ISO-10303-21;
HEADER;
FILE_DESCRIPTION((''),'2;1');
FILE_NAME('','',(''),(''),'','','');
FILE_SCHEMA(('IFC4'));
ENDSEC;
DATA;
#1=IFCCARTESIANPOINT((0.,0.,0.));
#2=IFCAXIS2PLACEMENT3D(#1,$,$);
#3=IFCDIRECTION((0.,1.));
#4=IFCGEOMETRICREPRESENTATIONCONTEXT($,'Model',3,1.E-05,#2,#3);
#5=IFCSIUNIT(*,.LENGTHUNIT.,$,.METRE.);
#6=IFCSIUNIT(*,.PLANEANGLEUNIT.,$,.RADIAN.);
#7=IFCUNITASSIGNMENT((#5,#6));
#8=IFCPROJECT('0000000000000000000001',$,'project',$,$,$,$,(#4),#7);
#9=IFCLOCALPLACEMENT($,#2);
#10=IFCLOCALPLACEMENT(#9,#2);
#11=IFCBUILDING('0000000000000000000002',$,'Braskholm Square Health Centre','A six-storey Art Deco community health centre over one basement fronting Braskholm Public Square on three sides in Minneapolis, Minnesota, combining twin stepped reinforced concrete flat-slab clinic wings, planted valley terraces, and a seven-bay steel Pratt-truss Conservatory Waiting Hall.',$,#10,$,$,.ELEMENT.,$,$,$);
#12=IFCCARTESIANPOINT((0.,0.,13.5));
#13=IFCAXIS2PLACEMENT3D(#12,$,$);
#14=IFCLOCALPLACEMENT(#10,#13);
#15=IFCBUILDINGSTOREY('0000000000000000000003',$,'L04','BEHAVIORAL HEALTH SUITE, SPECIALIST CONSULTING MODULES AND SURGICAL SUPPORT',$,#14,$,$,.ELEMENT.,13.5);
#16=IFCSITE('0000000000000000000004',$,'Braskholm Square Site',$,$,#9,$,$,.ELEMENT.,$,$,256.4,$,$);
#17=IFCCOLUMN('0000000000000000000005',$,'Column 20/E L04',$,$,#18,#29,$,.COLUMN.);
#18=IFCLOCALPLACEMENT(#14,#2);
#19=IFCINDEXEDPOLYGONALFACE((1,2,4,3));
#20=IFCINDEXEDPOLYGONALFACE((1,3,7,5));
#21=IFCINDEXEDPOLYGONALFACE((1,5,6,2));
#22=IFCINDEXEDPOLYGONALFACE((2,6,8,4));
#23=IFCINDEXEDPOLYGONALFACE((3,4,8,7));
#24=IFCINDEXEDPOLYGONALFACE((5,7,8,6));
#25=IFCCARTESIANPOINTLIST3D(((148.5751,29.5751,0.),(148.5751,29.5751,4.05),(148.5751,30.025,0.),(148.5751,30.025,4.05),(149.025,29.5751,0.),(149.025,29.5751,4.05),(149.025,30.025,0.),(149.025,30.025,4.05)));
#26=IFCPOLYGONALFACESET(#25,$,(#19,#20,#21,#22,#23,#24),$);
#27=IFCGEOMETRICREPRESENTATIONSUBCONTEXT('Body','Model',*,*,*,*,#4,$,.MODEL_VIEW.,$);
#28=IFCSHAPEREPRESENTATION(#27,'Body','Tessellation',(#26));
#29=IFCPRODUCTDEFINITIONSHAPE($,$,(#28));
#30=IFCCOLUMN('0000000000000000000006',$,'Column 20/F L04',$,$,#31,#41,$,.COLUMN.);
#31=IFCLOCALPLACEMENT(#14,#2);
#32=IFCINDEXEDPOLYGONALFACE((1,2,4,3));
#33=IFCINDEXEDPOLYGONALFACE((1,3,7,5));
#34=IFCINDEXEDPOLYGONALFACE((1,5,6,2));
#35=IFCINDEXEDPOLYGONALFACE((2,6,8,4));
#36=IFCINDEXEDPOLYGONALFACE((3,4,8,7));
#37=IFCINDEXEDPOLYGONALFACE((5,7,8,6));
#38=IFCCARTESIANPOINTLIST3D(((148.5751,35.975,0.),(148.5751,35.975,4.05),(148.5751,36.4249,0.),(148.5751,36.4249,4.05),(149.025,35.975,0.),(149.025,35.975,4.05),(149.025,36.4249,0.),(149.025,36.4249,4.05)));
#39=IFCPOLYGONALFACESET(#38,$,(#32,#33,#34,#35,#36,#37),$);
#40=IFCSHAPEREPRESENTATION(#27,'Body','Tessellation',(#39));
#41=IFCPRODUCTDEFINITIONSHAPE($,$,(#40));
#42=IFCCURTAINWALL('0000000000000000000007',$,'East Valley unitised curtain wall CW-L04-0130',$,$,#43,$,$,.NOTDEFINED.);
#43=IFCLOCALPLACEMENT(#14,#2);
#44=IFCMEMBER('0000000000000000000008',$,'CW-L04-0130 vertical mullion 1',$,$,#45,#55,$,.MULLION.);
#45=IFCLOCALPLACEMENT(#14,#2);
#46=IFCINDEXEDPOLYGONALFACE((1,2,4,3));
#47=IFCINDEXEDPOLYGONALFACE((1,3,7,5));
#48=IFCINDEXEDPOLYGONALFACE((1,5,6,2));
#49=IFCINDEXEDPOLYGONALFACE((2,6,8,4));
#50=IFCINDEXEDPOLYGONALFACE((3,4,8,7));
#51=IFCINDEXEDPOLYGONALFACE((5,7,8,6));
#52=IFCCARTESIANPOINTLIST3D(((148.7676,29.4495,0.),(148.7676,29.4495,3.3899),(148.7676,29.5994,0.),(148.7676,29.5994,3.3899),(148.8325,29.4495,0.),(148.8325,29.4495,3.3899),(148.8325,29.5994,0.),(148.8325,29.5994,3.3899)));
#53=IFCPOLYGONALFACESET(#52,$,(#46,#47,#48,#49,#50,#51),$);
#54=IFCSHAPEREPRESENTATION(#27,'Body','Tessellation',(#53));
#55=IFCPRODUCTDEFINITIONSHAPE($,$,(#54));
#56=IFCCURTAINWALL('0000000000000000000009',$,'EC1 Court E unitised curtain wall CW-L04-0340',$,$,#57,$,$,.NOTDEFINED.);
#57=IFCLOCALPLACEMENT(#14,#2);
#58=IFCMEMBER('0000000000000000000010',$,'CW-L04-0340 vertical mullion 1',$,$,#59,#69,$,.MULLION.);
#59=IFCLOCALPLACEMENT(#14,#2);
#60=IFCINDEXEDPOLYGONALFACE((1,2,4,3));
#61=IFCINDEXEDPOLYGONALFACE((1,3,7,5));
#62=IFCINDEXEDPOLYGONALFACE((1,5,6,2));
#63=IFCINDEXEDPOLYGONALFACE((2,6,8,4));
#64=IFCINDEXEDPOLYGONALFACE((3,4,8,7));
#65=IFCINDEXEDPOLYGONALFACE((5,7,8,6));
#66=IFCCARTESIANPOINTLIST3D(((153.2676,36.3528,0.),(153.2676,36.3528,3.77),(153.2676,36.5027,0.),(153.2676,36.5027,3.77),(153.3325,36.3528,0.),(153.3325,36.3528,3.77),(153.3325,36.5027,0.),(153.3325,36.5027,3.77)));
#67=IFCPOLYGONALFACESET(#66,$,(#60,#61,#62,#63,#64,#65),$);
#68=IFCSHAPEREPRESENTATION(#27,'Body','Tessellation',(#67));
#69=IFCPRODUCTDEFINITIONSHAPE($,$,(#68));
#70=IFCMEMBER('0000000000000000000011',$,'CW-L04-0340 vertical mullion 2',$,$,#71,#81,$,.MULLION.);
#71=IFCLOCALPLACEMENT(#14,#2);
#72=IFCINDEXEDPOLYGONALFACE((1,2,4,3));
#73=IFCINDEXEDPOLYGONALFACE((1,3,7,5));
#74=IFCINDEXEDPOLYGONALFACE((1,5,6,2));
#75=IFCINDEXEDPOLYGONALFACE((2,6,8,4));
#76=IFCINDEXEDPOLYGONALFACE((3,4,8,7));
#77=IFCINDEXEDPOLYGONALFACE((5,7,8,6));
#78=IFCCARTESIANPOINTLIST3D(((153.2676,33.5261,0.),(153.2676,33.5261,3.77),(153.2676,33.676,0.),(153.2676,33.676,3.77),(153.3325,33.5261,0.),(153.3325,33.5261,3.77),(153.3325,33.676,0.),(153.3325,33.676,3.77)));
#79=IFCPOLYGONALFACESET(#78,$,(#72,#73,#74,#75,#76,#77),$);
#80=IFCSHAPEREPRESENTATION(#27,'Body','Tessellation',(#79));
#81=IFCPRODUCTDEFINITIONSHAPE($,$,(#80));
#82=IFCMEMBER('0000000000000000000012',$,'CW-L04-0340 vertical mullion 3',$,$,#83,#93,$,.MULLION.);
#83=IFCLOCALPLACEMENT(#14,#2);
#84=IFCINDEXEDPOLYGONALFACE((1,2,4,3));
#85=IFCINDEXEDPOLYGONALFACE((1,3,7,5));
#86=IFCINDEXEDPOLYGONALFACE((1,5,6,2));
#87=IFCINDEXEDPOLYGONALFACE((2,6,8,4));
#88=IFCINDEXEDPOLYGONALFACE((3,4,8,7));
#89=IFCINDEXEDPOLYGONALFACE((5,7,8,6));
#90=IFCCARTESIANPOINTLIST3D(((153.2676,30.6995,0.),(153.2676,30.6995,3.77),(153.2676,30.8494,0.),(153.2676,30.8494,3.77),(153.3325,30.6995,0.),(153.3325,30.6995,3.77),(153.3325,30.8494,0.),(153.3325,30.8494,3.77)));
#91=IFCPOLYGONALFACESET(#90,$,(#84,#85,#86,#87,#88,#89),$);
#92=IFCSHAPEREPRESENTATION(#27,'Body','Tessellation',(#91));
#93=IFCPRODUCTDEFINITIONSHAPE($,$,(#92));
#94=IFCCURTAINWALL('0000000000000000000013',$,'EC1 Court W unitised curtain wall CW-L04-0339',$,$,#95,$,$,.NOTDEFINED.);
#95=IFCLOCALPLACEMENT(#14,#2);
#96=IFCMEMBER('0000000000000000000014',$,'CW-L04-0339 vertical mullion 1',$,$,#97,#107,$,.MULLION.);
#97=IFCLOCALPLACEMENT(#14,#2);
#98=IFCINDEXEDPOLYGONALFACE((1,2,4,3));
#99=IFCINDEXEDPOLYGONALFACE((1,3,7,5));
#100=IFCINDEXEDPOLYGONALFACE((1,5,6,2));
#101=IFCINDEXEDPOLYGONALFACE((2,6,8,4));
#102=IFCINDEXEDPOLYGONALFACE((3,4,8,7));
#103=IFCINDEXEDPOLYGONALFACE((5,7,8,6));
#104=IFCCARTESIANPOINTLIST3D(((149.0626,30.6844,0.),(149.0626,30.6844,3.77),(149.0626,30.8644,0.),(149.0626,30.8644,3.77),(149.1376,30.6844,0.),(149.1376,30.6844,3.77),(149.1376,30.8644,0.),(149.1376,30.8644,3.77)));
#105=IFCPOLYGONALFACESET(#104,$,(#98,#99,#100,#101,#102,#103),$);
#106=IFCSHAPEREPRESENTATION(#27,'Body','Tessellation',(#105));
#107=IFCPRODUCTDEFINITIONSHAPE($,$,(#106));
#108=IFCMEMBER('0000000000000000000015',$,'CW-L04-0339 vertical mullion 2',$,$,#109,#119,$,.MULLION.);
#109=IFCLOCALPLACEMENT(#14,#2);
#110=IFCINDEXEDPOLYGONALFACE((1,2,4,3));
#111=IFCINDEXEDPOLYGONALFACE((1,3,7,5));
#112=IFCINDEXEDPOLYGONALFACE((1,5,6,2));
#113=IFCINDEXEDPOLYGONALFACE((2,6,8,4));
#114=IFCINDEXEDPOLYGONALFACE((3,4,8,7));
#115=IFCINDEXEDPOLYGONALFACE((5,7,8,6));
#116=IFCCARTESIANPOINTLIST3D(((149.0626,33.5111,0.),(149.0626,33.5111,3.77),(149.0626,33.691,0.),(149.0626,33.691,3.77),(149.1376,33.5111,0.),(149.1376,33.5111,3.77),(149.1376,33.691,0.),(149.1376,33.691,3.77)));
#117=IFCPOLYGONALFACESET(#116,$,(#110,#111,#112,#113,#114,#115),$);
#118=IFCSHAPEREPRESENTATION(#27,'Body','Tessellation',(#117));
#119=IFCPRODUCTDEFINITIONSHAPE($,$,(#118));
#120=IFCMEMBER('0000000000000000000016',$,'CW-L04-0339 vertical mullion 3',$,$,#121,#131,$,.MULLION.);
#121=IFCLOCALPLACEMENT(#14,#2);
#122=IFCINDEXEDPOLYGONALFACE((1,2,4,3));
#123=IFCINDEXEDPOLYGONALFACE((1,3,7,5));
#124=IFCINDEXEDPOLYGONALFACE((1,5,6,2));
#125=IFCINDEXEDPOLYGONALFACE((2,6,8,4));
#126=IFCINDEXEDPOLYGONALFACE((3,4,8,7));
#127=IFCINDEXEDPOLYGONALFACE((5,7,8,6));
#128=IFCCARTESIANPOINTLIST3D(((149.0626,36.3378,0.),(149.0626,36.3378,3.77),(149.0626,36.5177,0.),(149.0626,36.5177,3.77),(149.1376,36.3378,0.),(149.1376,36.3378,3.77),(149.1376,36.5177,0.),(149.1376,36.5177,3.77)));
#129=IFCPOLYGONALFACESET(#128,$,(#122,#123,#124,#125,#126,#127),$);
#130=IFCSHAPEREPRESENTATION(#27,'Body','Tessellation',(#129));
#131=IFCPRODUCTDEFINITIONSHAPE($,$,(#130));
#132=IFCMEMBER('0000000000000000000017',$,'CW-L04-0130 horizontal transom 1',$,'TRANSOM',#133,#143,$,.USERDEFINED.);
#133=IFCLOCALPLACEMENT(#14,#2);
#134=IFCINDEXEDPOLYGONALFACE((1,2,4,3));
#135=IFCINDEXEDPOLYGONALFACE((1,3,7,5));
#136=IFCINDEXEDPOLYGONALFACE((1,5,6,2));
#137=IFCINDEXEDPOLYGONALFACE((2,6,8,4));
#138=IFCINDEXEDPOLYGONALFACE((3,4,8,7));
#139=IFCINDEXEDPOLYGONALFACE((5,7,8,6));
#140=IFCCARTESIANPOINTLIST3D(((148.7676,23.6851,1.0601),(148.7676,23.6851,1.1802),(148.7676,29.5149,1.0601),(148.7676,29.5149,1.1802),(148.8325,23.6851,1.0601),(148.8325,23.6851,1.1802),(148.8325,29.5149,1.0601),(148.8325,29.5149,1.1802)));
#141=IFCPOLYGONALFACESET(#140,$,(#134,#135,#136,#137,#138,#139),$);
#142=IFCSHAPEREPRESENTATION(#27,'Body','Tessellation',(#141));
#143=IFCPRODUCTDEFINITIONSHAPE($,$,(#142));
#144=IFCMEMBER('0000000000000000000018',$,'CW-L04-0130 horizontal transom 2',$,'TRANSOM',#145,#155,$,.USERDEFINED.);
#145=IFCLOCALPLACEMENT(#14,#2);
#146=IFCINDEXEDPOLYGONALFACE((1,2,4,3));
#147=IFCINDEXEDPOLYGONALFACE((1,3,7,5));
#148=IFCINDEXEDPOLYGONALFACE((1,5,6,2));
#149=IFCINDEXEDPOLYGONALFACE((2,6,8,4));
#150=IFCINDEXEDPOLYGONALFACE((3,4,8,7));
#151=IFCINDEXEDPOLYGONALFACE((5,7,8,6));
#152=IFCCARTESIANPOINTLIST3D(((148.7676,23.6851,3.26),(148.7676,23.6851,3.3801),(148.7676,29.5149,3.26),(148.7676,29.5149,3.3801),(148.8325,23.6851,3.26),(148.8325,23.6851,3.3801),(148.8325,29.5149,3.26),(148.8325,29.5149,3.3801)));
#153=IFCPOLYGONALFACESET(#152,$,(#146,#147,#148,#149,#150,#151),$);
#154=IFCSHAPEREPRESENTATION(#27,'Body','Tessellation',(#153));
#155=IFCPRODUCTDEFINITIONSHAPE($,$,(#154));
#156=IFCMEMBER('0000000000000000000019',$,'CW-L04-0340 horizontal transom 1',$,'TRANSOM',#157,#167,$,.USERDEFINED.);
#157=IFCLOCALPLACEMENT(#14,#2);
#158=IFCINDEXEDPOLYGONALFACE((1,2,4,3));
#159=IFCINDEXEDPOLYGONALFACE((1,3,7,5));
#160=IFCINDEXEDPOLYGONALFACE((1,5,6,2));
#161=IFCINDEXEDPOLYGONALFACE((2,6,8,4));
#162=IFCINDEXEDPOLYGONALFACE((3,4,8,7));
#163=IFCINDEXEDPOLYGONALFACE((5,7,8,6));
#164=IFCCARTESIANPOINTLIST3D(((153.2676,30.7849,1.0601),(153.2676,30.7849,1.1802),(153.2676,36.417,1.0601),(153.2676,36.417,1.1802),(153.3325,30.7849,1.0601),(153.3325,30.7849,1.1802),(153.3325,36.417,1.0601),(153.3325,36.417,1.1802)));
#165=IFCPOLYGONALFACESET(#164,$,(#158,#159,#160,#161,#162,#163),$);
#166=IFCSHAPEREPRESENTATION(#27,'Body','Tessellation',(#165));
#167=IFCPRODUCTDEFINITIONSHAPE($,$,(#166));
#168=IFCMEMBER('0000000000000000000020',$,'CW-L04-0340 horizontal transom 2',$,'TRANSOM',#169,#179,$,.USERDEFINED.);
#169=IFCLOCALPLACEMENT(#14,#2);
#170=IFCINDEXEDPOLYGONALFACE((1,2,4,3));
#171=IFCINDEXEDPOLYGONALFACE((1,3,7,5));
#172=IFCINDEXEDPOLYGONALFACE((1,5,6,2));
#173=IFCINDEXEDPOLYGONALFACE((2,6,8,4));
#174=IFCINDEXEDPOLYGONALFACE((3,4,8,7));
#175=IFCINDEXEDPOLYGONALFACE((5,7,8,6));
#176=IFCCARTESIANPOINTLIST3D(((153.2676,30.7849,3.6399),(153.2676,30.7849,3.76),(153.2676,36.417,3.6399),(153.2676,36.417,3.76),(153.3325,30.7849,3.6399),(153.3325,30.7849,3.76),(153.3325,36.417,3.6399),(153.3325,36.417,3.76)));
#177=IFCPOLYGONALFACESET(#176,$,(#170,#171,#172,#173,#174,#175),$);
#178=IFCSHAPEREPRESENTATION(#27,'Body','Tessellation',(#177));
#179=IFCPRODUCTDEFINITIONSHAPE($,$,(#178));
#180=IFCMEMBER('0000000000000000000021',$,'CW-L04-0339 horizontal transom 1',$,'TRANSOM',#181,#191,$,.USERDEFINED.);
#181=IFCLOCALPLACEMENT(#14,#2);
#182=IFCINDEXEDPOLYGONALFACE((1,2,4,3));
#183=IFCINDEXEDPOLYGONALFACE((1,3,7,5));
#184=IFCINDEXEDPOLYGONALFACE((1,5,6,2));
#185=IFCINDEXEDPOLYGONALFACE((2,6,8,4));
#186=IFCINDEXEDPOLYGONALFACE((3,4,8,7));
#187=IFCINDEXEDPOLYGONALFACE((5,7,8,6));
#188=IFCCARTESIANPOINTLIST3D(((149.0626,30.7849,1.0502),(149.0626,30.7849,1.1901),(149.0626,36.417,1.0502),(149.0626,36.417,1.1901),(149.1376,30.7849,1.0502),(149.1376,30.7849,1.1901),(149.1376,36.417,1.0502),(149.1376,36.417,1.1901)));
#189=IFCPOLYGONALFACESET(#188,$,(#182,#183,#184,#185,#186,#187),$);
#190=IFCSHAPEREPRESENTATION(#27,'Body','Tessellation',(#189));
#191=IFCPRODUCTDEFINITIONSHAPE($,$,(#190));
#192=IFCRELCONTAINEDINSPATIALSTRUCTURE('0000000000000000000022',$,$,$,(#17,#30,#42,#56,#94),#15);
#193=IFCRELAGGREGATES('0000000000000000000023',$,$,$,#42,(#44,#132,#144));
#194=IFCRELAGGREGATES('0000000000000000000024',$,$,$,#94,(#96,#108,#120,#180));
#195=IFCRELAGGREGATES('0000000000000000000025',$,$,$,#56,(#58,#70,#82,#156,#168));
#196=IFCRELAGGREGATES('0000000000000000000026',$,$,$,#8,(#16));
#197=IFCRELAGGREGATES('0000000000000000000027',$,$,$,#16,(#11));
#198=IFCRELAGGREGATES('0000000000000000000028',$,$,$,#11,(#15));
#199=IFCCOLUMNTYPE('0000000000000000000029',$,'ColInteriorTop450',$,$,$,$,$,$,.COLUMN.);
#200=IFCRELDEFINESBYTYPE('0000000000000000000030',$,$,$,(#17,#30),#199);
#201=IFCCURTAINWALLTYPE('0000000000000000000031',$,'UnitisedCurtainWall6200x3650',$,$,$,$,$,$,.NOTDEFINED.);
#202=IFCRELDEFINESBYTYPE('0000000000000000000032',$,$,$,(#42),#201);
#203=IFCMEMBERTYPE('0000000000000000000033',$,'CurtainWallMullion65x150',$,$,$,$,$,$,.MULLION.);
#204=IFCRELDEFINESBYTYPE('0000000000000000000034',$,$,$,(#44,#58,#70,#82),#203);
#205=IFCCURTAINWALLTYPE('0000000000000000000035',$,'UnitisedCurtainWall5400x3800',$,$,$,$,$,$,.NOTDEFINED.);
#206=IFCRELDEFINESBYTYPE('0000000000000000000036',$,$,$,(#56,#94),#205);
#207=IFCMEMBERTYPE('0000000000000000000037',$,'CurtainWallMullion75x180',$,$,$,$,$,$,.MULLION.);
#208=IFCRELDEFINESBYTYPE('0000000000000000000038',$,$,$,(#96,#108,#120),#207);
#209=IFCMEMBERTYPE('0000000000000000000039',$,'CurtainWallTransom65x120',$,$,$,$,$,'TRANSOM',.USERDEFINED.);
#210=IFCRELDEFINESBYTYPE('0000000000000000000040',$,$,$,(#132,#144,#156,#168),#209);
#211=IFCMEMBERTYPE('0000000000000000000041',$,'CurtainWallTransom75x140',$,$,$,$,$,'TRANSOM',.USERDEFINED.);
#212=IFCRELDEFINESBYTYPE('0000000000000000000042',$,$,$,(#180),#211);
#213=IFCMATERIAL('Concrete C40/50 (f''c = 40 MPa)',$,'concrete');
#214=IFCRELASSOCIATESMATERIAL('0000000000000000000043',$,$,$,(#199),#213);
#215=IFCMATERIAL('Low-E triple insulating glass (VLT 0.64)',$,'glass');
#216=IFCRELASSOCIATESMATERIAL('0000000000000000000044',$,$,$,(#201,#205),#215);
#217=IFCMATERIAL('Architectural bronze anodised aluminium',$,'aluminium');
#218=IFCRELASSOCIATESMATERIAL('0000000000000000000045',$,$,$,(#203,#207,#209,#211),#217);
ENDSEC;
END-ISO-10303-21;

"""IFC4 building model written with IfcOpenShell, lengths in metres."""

from ifc_helpers import new_model, si_unit, direction, frame, origin, origin_2d, place, context, subcontext, project, spatial, rectangle, extrude, material, material_profile, profile_set, type_object, element, aggregate, save


model = new_model("IFC4")

# Units and contexts
model_context = context("Model", 3, precision=1e-05, world=origin(), true_north=direction((0.0, 1.0)))
body_context = subcontext(model_context, "Body", "Model", "MODEL_VIEW")
ifc_project = project(units=[si_unit("LENGTHUNIT", "METRE"), si_unit("PLANEANGLEUNIT", "RADIAN")], contexts=[model_context])

# Site, building, storey
site_placement = place(None, origin())
site = spatial("IfcSite", under=ifc_project, at=site_placement, Name="Braskholm Square Site", CompositionType="ELEMENT", RefElevation=256.4)
building_placement = place(site_placement, origin())
building = spatial("IfcBuilding", under=site, at=building_placement, Name="Braskholm Square Health Centre", Description="A six-storey Art Deco community health centre over one basement fronting Braskholm Public Square on three sides in Minneapolis, Minnesota, combining twin stepped reinforced concrete flat-slab clinic wings, planted valley terraces, and a seven-bay steel Pratt-truss Conservatory Waiting Hall.", CompositionType="ELEMENT")
storey_placement = place(building_placement, frame((0.0, 0.0, 13.5)))
storey = spatial("IfcBuildingStorey", under=building, at=storey_placement, Name="L04", Description="BEHAVIORAL HEALTH SUITE, SPECIALIST CONSULTING MODULES AND SURGICAL SUPPORT", CompositionType="ELEMENT", Elevation=13.5)

# Columns
ifc_material_1 = material(Name="Concrete C40/50 (f'c = 40 MPa)", Category="concrete")
ifc_material_profile_1 = material_profile(ifc_material_1, rectangle(XDim=0.45, YDim=0.45, at=origin_2d()), Name="RC-450X450")
ifc_profile_set_1 = profile_set([ifc_material_profile_1], Name="Concrete C40/50 (f'c = 40 MPa)")
column_type = type_object("IfcColumnType", Name="ColInteriorTop450", PredefinedType="COLUMN", material=ifc_profile_set_1)
for number, where, z_axis, x_axis, name in (
    (1, (148.8, 29.8, 0.0), (0.0, 0.0, 1.0), (1.0, 0.0, 0.0), "Column 20/E L04"),
    (2, (148.8, 36.2, 0.0), (0.0, 0.0, 1.0), (1.0, 0.0, 0.0), "Column 20/F L04"),
):
    element("IfcColumn", number, at=place(storey_placement, frame(where, z_axis=z_axis, x_axis=x_axis)), inside=storey, type_object=column_type, Name=name, PredefinedType="COLUMN", context=body_context, shape_type="SweptSolid", body=[
        extrude(rectangle(XDim=0.45, YDim=0.45, at=origin_2d()), origin(), (0.0, 0.0, 1.0), 4.05),
    ])

# Curtain wall, member
ifc_material_2 = material(Name="Low-E triple insulating glass (VLT 0.64)", Category="glass")
curtain_wall_type_1 = type_object("IfcCurtainWallType", Name="UnitisedCurtainWall6200x3650", PredefinedType="NOTDEFINED", material=ifc_material_2)
curtain_wall_1_placement = place(storey_placement, origin())
curtain_wall_1 = element("IfcCurtainWall", 3, at=curtain_wall_1_placement, inside=storey, type_object=curtain_wall_type_1, Name="East Valley unitised curtain wall CW-L04-0130", PredefinedType="NOTDEFINED")
ifc_material_3 = material(Name="Architectural bronze anodised aluminium", Category="aluminium")
ifc_material_profile_2 = material_profile(ifc_material_3, rectangle(XDim=0.0649, YDim=0.1499, at=origin_2d()), Name="ALU-65X150")
ifc_profile_set_2 = profile_set([ifc_material_profile_2], Name="Architectural bronze anodised aluminium")
member_type_1 = type_object("IfcMemberType", Name="CurtainWallMullion65x150", PredefinedType="MULLION", material=ifc_profile_set_2)
member_1_placement = place(storey_placement, frame((148.8, 29.5244, 0.0), z_axis=(0.0, 0.0, 1.0), x_axis=(1.0, 0.0, 0.0)))
member_1 = element("IfcMember", 4, at=member_1_placement, type_object=member_type_1, Name="CW-L04-0130 vertical mullion 1", PredefinedType="MULLION", context=body_context, shape_type="SweptSolid", body=[
    extrude(rectangle(XDim=0.0649, YDim=0.1499, at=origin_2d()), origin(), (0.0, 0.0, 1.0), 3.3899),
])

# Curtain walls, members
curtain_wall_type_2 = type_object("IfcCurtainWallType", Name="UnitisedCurtainWall5400x3800", PredefinedType="NOTDEFINED", material=ifc_material_2)
curtain_wall_2_placement = place(storey_placement, origin())
curtain_wall_2 = element("IfcCurtainWall", 5, at=curtain_wall_2_placement, inside=storey, type_object=curtain_wall_type_2, Name="EC1 Court E unitised curtain wall CW-L04-0340", PredefinedType="NOTDEFINED")
member_2_placement = place(storey_placement, frame((153.3, 36.4277, 0.0), z_axis=(0.0, 0.0, 1.0), x_axis=(1.0, 0.0, 0.0)))
member_2 = element("IfcMember", 6, at=member_2_placement, type_object=member_type_1, Name="CW-L04-0340 vertical mullion 1", PredefinedType="MULLION", context=body_context, shape_type="SweptSolid", body=[
    extrude(rectangle(XDim=0.0649, YDim=0.1499, at=origin_2d()), origin(), (0.0, 0.0, 1.0), 3.77),
])
member_3_placement = place(storey_placement, frame((153.3, 33.6011, 0.0), z_axis=(0.0, 0.0, 1.0), x_axis=(1.0, 0.0, 0.0)))
member_3 = element("IfcMember", 7, at=member_3_placement, type_object=member_type_1, Name="CW-L04-0340 vertical mullion 2", PredefinedType="MULLION", context=body_context, shape_type="SweptSolid", body=[
    extrude(rectangle(XDim=0.0649, YDim=0.1499, at=origin_2d()), origin(), (0.0, 0.0, 1.0), 3.77),
])
member_4_placement = place(storey_placement, frame((153.3, 30.7744, 0.0), z_axis=(0.0, 0.0, 1.0), x_axis=(1.0, 0.0, 0.0)))
member_4 = element("IfcMember", 8, at=member_4_placement, type_object=member_type_1, Name="CW-L04-0340 vertical mullion 3", PredefinedType="MULLION", context=body_context, shape_type="SweptSolid", body=[
    extrude(rectangle(XDim=0.0649, YDim=0.1499, at=origin_2d()), origin(), (0.0, 0.0, 1.0), 3.77),
])
curtain_wall_3_placement = place(storey_placement, origin())
curtain_wall_3 = element("IfcCurtainWall", 9, at=curtain_wall_3_placement, inside=storey, type_object=curtain_wall_type_2, Name="EC1 Court W unitised curtain wall CW-L04-0339", PredefinedType="NOTDEFINED")
ifc_material_profile_3 = material_profile(ifc_material_3, rectangle(XDim=0.075, YDim=0.1799, at=origin_2d()), Name="ALU-75X180")
ifc_profile_set_3 = profile_set([ifc_material_profile_3], Name="Architectural bronze anodised aluminium")
member_type_2 = type_object("IfcMemberType", Name="CurtainWallMullion75x180", PredefinedType="MULLION", material=ifc_profile_set_3)
member_5_placement = place(storey_placement, frame((149.1001, 30.7744, 0.0), z_axis=(0.0, 0.0, 1.0), x_axis=(1.0, 0.0, 0.0)))
member_5 = element("IfcMember", 10, at=member_5_placement, type_object=member_type_2, Name="CW-L04-0339 vertical mullion 1", PredefinedType="MULLION", context=body_context, shape_type="SweptSolid", body=[
    extrude(rectangle(XDim=0.075, YDim=0.1799, at=origin_2d()), origin(), (0.0, 0.0, 1.0), 3.77),
])
member_6_placement = place(storey_placement, frame((149.1001, 33.6011, 0.0), z_axis=(0.0, 0.0, 1.0), x_axis=(1.0, 0.0, 0.0)))
member_6 = element("IfcMember", 11, at=member_6_placement, type_object=member_type_2, Name="CW-L04-0339 vertical mullion 2", PredefinedType="MULLION", context=body_context, shape_type="SweptSolid", body=[
    extrude(rectangle(XDim=0.075, YDim=0.1799, at=origin_2d()), origin(), (0.0, 0.0, 1.0), 3.77),
])
member_7_placement = place(storey_placement, frame((149.1001, 36.4277, 0.0), z_axis=(0.0, 0.0, 1.0), x_axis=(1.0, 0.0, 0.0)))
member_7 = element("IfcMember", 12, at=member_7_placement, type_object=member_type_2, Name="CW-L04-0339 vertical mullion 3", PredefinedType="MULLION", context=body_context, shape_type="SweptSolid", body=[
    extrude(rectangle(XDim=0.075, YDim=0.1799, at=origin_2d()), origin(), (0.0, 0.0, 1.0), 3.77),
])

# Members
ifc_material_profile_4 = material_profile(ifc_material_3, rectangle(XDim=0.0649, YDim=0.1201, at=origin_2d()), Name="ALU-65X120")
ifc_profile_set_4 = profile_set([ifc_material_profile_4], Name="Architectural bronze anodised aluminium")
member_type_3 = type_object("IfcMemberType", Name="CurtainWallTransom65x120", ElementType="TRANSOM", PredefinedType="USERDEFINED", material=ifc_profile_set_4)
member_8_placement = place(storey_placement, frame((148.8, 29.5149, 1.1201), z_axis=(0.0, -1.0, 0.0), x_axis=(1.0, 0.0, 0.0)))
member_8 = element("IfcMember", 13, at=member_8_placement, type_object=member_type_3, Name="CW-L04-0130 horizontal transom 1", ObjectType="TRANSOM", PredefinedType="USERDEFINED", context=body_context, shape_type="SweptSolid", body=[
    extrude(rectangle(XDim=0.0649, YDim=0.1201, at=origin_2d()), origin(), (0.0, 0.0, 1.0), 5.8298),
])
member_9_placement = place(storey_placement, frame((148.8, 29.5149, 3.3201), z_axis=(0.0, -1.0, 0.0), x_axis=(1.0, 0.0, 0.0)))
member_9 = element("IfcMember", 14, at=member_9_placement, type_object=member_type_3, Name="CW-L04-0130 horizontal transom 2", ObjectType="TRANSOM", PredefinedType="USERDEFINED", context=body_context, shape_type="SweptSolid", body=[
    extrude(rectangle(XDim=0.0649, YDim=0.1201, at=origin_2d()), origin(), (0.0, 0.0, 1.0), 5.8298),
])
member_10_placement = place(storey_placement, frame((153.3, 36.417, 1.1201), z_axis=(0.0, -1.0, 0.0), x_axis=(1.0, 0.0, 0.0)))
member_10 = element("IfcMember", 15, at=member_10_placement, type_object=member_type_3, Name="CW-L04-0340 horizontal transom 1", ObjectType="TRANSOM", PredefinedType="USERDEFINED", context=body_context, shape_type="SweptSolid", body=[
    extrude(rectangle(XDim=0.0649, YDim=0.1201, at=origin_2d()), origin(), (0.0, 0.0, 1.0), 5.6321),
])
member_11_placement = place(storey_placement, frame((153.3, 36.417, 3.7), z_axis=(0.0, -1.0, 0.0), x_axis=(1.0, 0.0, 0.0)))
member_11 = element("IfcMember", 16, at=member_11_placement, type_object=member_type_3, Name="CW-L04-0340 horizontal transom 2", ObjectType="TRANSOM", PredefinedType="USERDEFINED", context=body_context, shape_type="SweptSolid", body=[
    extrude(rectangle(XDim=0.0649, YDim=0.1201, at=origin_2d()), origin(), (0.0, 0.0, 1.0), 5.6321),
])
ifc_material_profile_5 = material_profile(ifc_material_3, rectangle(XDim=0.075, YDim=0.1399, at=origin_2d()), Name="ALU-75X140")
ifc_profile_set_5 = profile_set([ifc_material_profile_5], Name="Architectural bronze anodised aluminium")
member_type_4 = type_object("IfcMemberType", Name="CurtainWallTransom75x140", ElementType="TRANSOM", PredefinedType="USERDEFINED", material=ifc_profile_set_5)
member_12_placement = place(storey_placement, frame((149.1001, 30.7849, 1.1201), z_axis=(0.0, 1.0, 0.0), x_axis=(-1.0, 0.0, 0.0)))
member_12 = element("IfcMember", 17, at=member_12_placement, type_object=member_type_4, Name="CW-L04-0339 horizontal transom 1", ObjectType="TRANSOM", PredefinedType="USERDEFINED", context=body_context, shape_type="SweptSolid", body=[
    extrude(rectangle(XDim=0.075, YDim=0.1399, at=origin_2d()), origin(), (0.0, 0.0, 1.0), 5.6321),
])

aggregate(curtain_wall_1, [member_1, member_8, member_9])
aggregate(curtain_wall_3, [member_5, member_6, member_7, member_12])
aggregate(curtain_wall_2, [member_2, member_3, member_4, member_10, member_11])

save(model, "model.ifc")
